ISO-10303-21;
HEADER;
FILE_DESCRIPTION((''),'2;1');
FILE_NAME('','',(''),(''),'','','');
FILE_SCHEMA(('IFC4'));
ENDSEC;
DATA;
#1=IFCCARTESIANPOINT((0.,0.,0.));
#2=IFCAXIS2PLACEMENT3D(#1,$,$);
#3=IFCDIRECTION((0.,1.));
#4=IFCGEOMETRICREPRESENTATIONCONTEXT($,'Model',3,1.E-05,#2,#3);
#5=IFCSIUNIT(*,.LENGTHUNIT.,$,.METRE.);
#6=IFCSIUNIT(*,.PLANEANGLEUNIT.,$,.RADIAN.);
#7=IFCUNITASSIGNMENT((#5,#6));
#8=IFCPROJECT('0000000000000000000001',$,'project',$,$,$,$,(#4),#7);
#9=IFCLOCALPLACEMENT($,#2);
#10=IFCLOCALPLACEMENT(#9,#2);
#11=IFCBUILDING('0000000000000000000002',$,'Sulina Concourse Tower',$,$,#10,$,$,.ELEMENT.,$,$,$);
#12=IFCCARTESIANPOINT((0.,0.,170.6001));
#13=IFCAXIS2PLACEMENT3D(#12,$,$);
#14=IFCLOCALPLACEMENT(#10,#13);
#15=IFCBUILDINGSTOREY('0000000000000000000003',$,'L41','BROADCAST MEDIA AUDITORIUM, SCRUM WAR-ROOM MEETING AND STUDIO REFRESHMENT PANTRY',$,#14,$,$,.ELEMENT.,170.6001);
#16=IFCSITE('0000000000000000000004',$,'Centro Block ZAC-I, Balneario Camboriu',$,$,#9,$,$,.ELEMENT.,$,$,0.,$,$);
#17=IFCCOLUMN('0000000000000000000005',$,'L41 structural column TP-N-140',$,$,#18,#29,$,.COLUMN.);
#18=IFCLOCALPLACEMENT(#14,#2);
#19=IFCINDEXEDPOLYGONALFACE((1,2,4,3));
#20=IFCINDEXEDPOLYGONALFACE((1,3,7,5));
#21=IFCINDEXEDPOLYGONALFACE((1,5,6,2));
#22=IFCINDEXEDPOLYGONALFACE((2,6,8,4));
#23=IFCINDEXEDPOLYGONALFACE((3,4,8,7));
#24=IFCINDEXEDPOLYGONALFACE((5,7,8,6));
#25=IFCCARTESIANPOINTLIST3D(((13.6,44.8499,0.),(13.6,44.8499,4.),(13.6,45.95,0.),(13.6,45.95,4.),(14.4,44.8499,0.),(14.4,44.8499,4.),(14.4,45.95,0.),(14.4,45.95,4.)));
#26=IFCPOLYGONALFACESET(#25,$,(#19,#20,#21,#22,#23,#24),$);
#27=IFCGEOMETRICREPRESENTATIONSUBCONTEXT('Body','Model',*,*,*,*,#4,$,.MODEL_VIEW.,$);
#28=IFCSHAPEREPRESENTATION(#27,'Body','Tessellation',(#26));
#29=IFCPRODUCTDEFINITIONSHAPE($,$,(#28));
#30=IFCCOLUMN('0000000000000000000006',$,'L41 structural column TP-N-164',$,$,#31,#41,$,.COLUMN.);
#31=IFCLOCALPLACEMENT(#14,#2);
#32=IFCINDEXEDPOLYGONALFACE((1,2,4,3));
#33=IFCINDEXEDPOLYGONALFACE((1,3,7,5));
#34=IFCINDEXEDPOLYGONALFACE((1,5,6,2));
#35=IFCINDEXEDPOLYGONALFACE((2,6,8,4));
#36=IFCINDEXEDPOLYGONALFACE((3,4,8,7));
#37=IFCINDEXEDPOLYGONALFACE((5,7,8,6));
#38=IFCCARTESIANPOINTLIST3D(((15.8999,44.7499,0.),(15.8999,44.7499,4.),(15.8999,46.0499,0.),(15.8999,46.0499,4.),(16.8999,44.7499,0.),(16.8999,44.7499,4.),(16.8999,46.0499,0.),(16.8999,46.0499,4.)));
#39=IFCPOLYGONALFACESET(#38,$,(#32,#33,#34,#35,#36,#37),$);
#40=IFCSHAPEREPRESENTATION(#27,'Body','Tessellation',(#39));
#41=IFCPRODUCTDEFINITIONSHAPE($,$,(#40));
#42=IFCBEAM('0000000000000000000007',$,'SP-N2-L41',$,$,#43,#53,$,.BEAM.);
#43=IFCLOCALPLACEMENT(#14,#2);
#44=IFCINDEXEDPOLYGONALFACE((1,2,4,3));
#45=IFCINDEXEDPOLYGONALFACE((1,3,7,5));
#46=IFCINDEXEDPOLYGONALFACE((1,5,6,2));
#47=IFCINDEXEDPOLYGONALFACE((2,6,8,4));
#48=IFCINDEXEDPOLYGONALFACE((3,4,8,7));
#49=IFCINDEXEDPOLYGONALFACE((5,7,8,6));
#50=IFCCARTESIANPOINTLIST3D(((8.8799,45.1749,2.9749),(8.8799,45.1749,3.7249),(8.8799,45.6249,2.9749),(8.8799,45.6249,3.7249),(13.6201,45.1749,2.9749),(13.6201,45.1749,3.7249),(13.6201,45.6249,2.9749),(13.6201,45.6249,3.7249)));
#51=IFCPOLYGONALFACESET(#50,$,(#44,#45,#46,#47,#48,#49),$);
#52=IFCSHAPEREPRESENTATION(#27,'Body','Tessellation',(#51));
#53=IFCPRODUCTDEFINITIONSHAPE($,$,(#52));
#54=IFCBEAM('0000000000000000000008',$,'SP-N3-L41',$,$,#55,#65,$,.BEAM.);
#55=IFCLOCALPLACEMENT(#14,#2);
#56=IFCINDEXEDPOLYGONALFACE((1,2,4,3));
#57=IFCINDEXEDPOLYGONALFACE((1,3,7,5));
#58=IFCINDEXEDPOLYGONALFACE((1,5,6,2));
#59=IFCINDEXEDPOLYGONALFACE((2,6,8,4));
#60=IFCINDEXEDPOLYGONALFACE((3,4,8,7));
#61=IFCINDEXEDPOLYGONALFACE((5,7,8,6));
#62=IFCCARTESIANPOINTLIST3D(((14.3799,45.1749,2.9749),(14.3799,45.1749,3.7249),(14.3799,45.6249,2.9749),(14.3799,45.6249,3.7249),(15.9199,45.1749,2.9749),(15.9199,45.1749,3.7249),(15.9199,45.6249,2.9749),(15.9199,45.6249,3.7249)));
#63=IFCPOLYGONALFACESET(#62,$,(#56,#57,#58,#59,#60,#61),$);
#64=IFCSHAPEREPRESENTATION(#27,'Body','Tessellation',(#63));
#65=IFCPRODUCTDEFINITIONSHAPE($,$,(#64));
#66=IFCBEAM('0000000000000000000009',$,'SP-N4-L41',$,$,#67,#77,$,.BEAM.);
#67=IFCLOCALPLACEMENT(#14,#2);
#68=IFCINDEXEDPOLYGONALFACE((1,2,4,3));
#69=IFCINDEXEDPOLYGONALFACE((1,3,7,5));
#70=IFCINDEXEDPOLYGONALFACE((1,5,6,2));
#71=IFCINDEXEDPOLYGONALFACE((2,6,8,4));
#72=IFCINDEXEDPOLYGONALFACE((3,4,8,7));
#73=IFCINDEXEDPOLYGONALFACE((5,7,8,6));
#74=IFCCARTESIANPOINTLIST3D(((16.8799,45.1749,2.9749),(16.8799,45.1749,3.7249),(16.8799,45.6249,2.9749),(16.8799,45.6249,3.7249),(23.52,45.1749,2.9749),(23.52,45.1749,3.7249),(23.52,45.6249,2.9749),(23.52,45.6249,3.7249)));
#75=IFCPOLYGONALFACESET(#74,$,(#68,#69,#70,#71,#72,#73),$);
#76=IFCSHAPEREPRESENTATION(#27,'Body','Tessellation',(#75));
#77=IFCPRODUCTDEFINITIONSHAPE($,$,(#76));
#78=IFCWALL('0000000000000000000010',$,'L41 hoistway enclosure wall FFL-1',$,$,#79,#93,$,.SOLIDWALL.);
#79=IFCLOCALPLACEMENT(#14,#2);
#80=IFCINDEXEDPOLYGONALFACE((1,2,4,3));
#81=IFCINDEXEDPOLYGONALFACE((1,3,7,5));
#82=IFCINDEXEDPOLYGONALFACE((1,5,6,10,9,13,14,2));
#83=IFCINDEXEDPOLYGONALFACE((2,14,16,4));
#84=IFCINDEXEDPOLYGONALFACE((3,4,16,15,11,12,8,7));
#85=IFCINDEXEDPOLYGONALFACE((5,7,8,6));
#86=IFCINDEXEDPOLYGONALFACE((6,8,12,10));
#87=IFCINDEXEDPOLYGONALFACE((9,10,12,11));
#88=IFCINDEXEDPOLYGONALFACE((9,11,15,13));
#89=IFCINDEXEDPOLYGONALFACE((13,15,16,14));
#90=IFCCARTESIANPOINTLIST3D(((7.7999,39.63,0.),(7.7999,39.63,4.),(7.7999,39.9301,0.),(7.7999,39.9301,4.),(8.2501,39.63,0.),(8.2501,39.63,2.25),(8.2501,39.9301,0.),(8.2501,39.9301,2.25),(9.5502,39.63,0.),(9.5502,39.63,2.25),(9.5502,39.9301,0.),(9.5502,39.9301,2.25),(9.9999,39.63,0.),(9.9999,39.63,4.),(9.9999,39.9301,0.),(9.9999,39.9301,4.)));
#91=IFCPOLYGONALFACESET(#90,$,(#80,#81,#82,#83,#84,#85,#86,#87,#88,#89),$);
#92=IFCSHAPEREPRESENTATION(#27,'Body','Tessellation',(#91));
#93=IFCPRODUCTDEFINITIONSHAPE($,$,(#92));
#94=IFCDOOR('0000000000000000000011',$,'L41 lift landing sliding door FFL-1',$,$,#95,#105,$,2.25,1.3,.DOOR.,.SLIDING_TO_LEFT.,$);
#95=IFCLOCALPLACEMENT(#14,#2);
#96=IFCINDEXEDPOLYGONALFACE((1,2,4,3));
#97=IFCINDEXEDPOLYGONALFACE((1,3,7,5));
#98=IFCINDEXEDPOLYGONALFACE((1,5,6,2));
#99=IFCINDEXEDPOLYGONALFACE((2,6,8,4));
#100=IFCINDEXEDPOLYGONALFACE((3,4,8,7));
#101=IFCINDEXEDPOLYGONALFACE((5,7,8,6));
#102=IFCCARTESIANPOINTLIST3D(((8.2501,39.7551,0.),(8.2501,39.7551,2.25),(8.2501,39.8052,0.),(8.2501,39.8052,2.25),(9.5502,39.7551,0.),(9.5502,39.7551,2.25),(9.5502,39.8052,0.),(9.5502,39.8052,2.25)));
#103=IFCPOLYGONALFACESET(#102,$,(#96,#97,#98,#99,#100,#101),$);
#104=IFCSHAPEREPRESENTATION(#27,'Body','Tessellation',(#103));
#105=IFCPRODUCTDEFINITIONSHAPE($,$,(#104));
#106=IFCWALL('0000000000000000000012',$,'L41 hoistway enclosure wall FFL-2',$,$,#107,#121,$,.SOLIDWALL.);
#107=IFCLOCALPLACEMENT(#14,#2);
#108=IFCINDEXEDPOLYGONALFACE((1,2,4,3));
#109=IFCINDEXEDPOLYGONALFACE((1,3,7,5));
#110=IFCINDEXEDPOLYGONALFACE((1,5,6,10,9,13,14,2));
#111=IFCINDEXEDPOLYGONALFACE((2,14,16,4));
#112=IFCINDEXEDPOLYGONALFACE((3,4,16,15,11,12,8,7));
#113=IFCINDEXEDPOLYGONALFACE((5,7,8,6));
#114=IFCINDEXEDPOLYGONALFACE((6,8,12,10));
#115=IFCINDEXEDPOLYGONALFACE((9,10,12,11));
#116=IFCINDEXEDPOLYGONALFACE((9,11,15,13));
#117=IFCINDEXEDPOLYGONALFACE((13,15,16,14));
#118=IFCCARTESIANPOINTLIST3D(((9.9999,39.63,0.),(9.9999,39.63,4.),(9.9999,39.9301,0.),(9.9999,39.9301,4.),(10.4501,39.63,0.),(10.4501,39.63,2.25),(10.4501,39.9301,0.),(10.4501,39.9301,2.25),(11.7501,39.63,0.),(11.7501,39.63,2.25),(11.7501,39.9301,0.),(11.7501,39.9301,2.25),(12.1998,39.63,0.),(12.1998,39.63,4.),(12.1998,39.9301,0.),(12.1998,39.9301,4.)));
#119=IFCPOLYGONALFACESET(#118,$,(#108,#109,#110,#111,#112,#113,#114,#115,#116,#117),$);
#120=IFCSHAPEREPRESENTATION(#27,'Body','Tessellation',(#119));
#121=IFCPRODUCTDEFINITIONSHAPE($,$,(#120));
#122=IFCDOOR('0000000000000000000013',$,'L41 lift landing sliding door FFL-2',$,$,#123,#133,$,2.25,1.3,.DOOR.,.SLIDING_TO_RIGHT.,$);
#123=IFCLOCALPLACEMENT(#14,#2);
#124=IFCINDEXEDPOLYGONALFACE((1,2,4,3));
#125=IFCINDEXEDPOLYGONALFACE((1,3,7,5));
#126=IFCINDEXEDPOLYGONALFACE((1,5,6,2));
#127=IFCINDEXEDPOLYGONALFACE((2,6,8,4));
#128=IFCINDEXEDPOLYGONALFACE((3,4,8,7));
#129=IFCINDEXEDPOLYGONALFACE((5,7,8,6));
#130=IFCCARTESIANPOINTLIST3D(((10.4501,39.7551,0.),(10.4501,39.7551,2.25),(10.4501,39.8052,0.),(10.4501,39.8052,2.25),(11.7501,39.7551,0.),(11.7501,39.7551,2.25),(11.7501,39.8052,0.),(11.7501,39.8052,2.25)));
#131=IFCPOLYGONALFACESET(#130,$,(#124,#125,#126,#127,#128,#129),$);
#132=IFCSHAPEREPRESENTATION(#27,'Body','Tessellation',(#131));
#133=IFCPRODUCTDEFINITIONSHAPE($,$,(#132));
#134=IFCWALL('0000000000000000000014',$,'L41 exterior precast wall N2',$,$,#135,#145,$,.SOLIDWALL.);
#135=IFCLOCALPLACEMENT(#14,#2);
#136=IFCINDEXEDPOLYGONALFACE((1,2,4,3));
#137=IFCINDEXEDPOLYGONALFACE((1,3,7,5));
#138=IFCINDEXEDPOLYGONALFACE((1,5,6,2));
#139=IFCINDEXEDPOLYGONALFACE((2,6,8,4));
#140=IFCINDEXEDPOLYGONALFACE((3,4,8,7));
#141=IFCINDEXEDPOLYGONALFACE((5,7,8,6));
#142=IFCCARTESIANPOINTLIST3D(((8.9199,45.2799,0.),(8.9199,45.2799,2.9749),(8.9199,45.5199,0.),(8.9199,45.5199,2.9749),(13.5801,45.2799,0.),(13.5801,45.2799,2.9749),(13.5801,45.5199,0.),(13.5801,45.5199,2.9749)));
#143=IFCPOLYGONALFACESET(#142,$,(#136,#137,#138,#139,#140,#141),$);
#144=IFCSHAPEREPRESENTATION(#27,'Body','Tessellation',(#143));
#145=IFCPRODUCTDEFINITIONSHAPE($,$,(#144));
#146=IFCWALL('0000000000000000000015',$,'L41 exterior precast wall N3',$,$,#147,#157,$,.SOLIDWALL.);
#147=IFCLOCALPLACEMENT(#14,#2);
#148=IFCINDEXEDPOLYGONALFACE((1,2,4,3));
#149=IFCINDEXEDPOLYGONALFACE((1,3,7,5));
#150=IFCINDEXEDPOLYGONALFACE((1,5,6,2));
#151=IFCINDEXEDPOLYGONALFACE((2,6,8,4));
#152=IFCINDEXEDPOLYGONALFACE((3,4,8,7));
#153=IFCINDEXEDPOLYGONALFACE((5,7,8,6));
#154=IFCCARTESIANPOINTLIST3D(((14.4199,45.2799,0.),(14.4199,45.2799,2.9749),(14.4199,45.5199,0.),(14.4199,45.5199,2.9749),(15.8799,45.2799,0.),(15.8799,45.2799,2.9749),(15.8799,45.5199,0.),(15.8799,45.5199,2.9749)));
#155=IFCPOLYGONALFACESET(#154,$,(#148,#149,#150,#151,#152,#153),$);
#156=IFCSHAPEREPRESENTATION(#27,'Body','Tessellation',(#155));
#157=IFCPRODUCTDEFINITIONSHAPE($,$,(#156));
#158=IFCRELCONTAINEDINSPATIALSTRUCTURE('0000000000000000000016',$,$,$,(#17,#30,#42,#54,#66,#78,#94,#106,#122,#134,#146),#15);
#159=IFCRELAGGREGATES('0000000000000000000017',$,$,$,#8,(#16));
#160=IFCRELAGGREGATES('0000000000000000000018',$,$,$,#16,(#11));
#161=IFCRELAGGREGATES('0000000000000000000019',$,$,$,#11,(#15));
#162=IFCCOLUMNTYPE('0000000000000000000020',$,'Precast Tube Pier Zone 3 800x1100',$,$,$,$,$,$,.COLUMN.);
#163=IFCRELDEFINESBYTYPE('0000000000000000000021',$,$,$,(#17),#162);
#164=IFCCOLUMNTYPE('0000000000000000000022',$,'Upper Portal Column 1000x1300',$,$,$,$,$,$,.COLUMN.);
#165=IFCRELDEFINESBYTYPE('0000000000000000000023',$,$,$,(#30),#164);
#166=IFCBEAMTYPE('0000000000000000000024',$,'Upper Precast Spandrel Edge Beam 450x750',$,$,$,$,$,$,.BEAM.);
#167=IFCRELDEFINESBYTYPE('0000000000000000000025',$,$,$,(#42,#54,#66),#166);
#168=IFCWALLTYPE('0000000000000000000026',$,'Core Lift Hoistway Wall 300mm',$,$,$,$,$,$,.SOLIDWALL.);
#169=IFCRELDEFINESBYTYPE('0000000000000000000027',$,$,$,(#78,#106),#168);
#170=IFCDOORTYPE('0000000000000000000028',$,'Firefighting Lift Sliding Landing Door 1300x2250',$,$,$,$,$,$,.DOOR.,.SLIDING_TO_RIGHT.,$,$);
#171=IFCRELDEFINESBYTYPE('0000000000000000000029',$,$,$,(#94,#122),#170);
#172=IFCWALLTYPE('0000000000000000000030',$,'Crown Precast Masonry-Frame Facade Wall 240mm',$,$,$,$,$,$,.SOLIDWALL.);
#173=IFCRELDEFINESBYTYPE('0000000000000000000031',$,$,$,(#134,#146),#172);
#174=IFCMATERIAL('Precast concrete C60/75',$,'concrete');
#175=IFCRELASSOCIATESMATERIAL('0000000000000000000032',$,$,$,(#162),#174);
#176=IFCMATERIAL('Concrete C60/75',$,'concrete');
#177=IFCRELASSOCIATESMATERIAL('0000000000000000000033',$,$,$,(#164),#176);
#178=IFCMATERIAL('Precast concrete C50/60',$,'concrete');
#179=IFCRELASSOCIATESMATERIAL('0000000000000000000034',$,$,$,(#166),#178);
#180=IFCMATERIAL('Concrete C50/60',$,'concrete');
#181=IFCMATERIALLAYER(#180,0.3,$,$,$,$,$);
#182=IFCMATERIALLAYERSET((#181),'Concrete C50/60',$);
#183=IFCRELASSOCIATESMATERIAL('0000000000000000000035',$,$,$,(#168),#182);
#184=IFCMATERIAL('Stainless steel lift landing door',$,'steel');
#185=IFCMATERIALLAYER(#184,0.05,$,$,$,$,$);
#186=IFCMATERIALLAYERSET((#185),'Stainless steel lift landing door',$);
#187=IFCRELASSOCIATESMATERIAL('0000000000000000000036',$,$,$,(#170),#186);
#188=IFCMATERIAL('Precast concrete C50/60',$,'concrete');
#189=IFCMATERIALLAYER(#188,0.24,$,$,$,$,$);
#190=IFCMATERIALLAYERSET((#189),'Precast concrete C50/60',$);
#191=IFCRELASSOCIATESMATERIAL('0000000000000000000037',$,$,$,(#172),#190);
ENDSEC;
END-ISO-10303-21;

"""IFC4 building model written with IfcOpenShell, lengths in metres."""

from ifc_helpers import new_model, si_unit, direction, frame, frame_2d, origin, origin_2d, place, context, subcontext, project, spatial, rectangle, extrude, material, layer, layer_set, material_profile, profile_set, type_object, element, fill, save


model = new_model("IFC4")

# Units and contexts
model_context = context("Model", 3, precision=1e-05, world=origin(), true_north=direction((0.0, 1.0)))
body_context = subcontext(model_context, "Body", "Model", "MODEL_VIEW")
ifc_project = project(units=[si_unit("LENGTHUNIT", "METRE"), si_unit("PLANEANGLEUNIT", "RADIAN")], contexts=[model_context])

# Site, building, storey
site_placement = place(None, origin())
site = spatial("IfcSite", under=ifc_project, at=site_placement, Name="Centro Block ZAC-I, Balneario Camboriu", CompositionType="ELEMENT", RefElevation=0.0)
building_placement = place(site_placement, origin())
building = spatial("IfcBuilding", under=site, at=building_placement, Name="Sulina Concourse Tower", CompositionType="ELEMENT")
storey_placement = place(building_placement, frame((0.0, 0.0, 170.6001)))
storey = spatial("IfcBuildingStorey", under=building, at=storey_placement, Name="L41", Description="BROADCAST MEDIA AUDITORIUM, SCRUM WAR-ROOM MEETING AND STUDIO REFRESHMENT PANTRY", CompositionType="ELEMENT", Elevation=170.6001)

# Columns
ifc_material_1 = material(Name="Precast concrete C60/75", Category="concrete")
ifc_material_profile_1 = material_profile(ifc_material_1, rectangle(XDim=0.8, YDim=1.1001, at=origin_2d()), Name="PC 800x1100")
ifc_profile_set_1 = profile_set([ifc_material_profile_1], Name="Precast concrete C60/75")
column_type_1 = type_object("IfcColumnType", Name="Precast Tube Pier Zone 3 800x1100", PredefinedType="COLUMN", material=ifc_profile_set_1)
column_1_placement = place(storey_placement, frame((14.0, 45.3999, 0.0), z_axis=(0.0, 0.0, 1.0), x_axis=(1.0, 0.0, 0.0)))
element("IfcColumn", 1, at=column_1_placement, inside=storey, type_object=column_type_1, Name="L41 structural column TP-N-140", PredefinedType="COLUMN", context=body_context, shape_type="SweptSolid", body=[
    extrude(rectangle(XDim=0.8, YDim=1.1001, at=origin_2d()), origin(), (0.0, 0.0, 1.0), 4.0),
])
ifc_material_2 = material(Name="Concrete C60/75", Category="concrete")
ifc_material_profile_2 = material_profile(ifc_material_2, rectangle(XDim=1.0, YDim=1.3, at=origin_2d()), Name="RC 1000x1300")
ifc_profile_set_2 = profile_set([ifc_material_profile_2], Name="Concrete C60/75")
column_type_2 = type_object("IfcColumnType", Name="Upper Portal Column 1000x1300", PredefinedType="COLUMN", material=ifc_profile_set_2)
column_2_placement = place(storey_placement, frame((16.3999, 45.3999, 0.0), z_axis=(0.0, 0.0, 1.0), x_axis=(1.0, 0.0, 0.0)))
element("IfcColumn", 2, at=column_2_placement, inside=storey, type_object=column_type_2, Name="L41 structural column TP-N-164", PredefinedType="COLUMN", context=body_context, shape_type="SweptSolid", body=[
    extrude(rectangle(XDim=1.0, YDim=1.3, at=origin_2d()), origin(), (0.0, 0.0, 1.0), 4.0),
])

# Beams
ifc_material_3 = material(Name="Precast concrete C50/60", Category="concrete")
ifc_material_profile_3 = material_profile(ifc_material_3, rectangle(XDim=0.45, YDim=0.75, at=origin_2d()), Name="RC 450x750")
ifc_profile_set_3 = profile_set([ifc_material_profile_3], Name="Precast concrete C50/60")
beam_type = type_object("IfcBeamType", Name="Upper Precast Spandrel Edge Beam 450x750", PredefinedType="BEAM", material=ifc_profile_set_3)
beam_1_placement = place(storey_placement, frame((8.8799, 45.3999, 3.3499), z_axis=(1.0, 0.0, 0.0), x_axis=(0.0, 1.0, 0.0)))
element("IfcBeam", 3, at=beam_1_placement, inside=storey, type_object=beam_type, Name="SP-N2-L41", PredefinedType="BEAM", context=body_context, shape_type="SweptSolid", body=[
    extrude(rectangle(XDim=0.45, YDim=0.75, at=origin_2d()), origin(), (0.0, 0.0, 1.0), 4.7402),
])
beam_2_placement = place(storey_placement, frame((14.3799, 45.3999, 3.3499), z_axis=(1.0, 0.0, 0.0), x_axis=(0.0, 1.0, 0.0)))
element("IfcBeam", 4, at=beam_2_placement, inside=storey, type_object=beam_type, Name="SP-N3-L41", PredefinedType="BEAM", context=body_context, shape_type="SweptSolid", body=[
    extrude(rectangle(XDim=0.45, YDim=0.75, at=origin_2d()), origin(), (0.0, 0.0, 1.0), 1.54),
])
beam_3_placement = place(storey_placement, frame((16.8799, 45.3999, 3.3499), z_axis=(1.0, 0.0, 0.0), x_axis=(0.0, 1.0, 0.0)))
element("IfcBeam", 5, at=beam_3_placement, inside=storey, type_object=beam_type, Name="SP-N4-L41", PredefinedType="BEAM", context=body_context, shape_type="SweptSolid", body=[
    extrude(rectangle(XDim=0.45, YDim=0.75, at=origin_2d()), origin(), (0.0, 0.0, 1.0), 6.6401),
])

# Walls, openings, doors
ifc_material_4 = material(Name="Concrete C50/60", Category="concrete")
ifc_layer_1 = layer(ifc_material_4, 0.3)
ifc_layer_set_1 = layer_set([ifc_layer_1], Name="Concrete C50/60")
wall_type_1 = type_object("IfcWallType", Name="Core Lift Hoistway Wall 300mm", PredefinedType="SOLIDWALL", material=ifc_layer_set_1)
wall_1_placement = place(storey_placement, frame((10.0, 39.78, 0.0), z_axis=(0.0, 0.0, 1.0), x_axis=(-1.0, 0.0, 0.0)))
wall_1 = element("IfcWall", 6, at=wall_1_placement, inside=storey, type_object=wall_type_1, Name="L41 hoistway enclosure wall FFL-1", PredefinedType="SOLIDWALL", context=body_context, shape_type="SweptSolid", body=[
    extrude(rectangle(XDim=2.2, YDim=0.3, at=frame_2d((1.1001, 0.0))), origin(), (0.0, 0.0, 1.0), 4.0),
])
opening_1_placement = place(wall_1_placement, frame((0.45, 0.0, 0.0)))
opening_1 = element("IfcOpeningElement", 7, at=opening_1_placement, cuts=wall_1, PredefinedType="OPENING", context=body_context, shape_type="SweptSolid", body=[
    extrude(rectangle(XDim=1.3, YDim=2.25, at=frame_2d((0.6499, 1.125))), frame((0.0, 0.1599, 0.0), z_axis=(0.0, -1.0, 0.0), x_axis=(1.0, 0.0, 0.0)), (0.0, 0.0, 1.0), 0.3201),
])
ifc_material_5 = material(Name="Stainless steel lift landing door", Category="steel")
ifc_layer_2 = layer(ifc_material_5, 0.05)
ifc_layer_set_2 = layer_set([ifc_layer_2], Name="Stainless steel lift landing door")
door_type = type_object("IfcDoorType", Name="Firefighting Lift Sliding Landing Door 1300x2250", OperationType="SLIDING_TO_RIGHT", PredefinedType="DOOR", material=ifc_layer_set_2)
door_1_placement = place(opening_1_placement, origin())
door_1 = element("IfcDoor", 8, at=door_1_placement, inside=storey, type_object=door_type, Name="L41 lift landing sliding door FFL-1", OperationType="SLIDING_TO_LEFT", OverallHeight=2.25, OverallWidth=1.3, PredefinedType="DOOR", context=body_context, shape_type="SweptSolid", body=[
    extrude(rectangle(XDim=1.3, YDim=2.25, at=frame_2d((0.6499, 1.125))), frame((0.0, 0.0249, 0.0), z_axis=(0.0, -1.0, 0.0), x_axis=(1.0, 0.0, 0.0)), (0.0, 0.0, 1.0), 0.05),
])
fill(opening_1, door_1)
wall_2_placement = place(storey_placement, frame((12.2, 39.78, 0.0), z_axis=(0.0, 0.0, 1.0), x_axis=(-1.0, 0.0, 0.0)))
wall_2 = element("IfcWall", 9, at=wall_2_placement, inside=storey, type_object=wall_type_1, Name="L41 hoistway enclosure wall FFL-2", PredefinedType="SOLIDWALL", context=body_context, shape_type="SweptSolid", body=[
    extrude(rectangle(XDim=2.2, YDim=0.3, at=frame_2d((1.1001, 0.0))), origin(), (0.0, 0.0, 1.0), 4.0),
])
opening_2_placement = place(wall_2_placement, frame((0.45, 0.0, 0.0)))
opening_2 = element("IfcOpeningElement", 10, at=opening_2_placement, cuts=wall_2, PredefinedType="OPENING", context=body_context, shape_type="SweptSolid", body=[
    extrude(rectangle(XDim=1.3, YDim=2.25, at=frame_2d((0.6499, 1.125))), frame((0.0, 0.1599, 0.0), z_axis=(0.0, -1.0, 0.0), x_axis=(1.0, 0.0, 0.0)), (0.0, 0.0, 1.0), 0.3201),
])
door_2_placement = place(opening_2_placement, origin())
door_2 = element("IfcDoor", 11, at=door_2_placement, inside=storey, type_object=door_type, Name="L41 lift landing sliding door FFL-2", OperationType="SLIDING_TO_RIGHT", OverallHeight=2.25, OverallWidth=1.3, PredefinedType="DOOR", context=body_context, shape_type="SweptSolid", body=[
    extrude(rectangle(XDim=1.3, YDim=2.25, at=frame_2d((0.6499, 1.125))), frame((0.0, 0.0249, 0.0), z_axis=(0.0, -1.0, 0.0), x_axis=(1.0, 0.0, 0.0)), (0.0, 0.0, 1.0), 0.05),
])
fill(opening_2, door_2)

# Walls
ifc_material_6 = material(Name="Precast concrete C50/60", Category="concrete")
ifc_layer_3 = layer(ifc_material_6, 0.24)
ifc_layer_set_3 = layer_set([ifc_layer_3], Name="Precast concrete C50/60")
wall_type_2 = type_object("IfcWallType", Name="Crown Precast Masonry-Frame Facade Wall 240mm", PredefinedType="SOLIDWALL", material=ifc_layer_set_3)
wall_3_placement = place(storey_placement, frame((8.9199, 45.3999, 0.0), z_axis=(0.0, 0.0, 1.0), x_axis=(1.0, 0.0, 0.0)))
element("IfcWall", 12, at=wall_3_placement, inside=storey, type_object=wall_type_2, Name="L41 exterior precast wall N2", PredefinedType="SOLIDWALL", context=body_context, shape_type="SweptSolid", body=[
    extrude(rectangle(XDim=4.6602, YDim=0.24, at=frame_2d((2.3301, 0.0))), origin(), (0.0, 0.0, 1.0), 2.9749),
])
wall_4_placement = place(storey_placement, frame((14.4199, 45.3999, 0.0), z_axis=(0.0, 0.0, 1.0), x_axis=(1.0, 0.0, 0.0)))
element("IfcWall", 13, at=wall_4_placement, inside=storey, type_object=wall_type_2, Name="L41 exterior precast wall N3", PredefinedType="SOLIDWALL", context=body_context, shape_type="SweptSolid", body=[
    extrude(rectangle(XDim=1.46, YDim=0.24, at=frame_2d((0.73, 0.0))), origin(), (0.0, 0.0, 1.0), 2.9749),
])

save(model, "model.ifc")
